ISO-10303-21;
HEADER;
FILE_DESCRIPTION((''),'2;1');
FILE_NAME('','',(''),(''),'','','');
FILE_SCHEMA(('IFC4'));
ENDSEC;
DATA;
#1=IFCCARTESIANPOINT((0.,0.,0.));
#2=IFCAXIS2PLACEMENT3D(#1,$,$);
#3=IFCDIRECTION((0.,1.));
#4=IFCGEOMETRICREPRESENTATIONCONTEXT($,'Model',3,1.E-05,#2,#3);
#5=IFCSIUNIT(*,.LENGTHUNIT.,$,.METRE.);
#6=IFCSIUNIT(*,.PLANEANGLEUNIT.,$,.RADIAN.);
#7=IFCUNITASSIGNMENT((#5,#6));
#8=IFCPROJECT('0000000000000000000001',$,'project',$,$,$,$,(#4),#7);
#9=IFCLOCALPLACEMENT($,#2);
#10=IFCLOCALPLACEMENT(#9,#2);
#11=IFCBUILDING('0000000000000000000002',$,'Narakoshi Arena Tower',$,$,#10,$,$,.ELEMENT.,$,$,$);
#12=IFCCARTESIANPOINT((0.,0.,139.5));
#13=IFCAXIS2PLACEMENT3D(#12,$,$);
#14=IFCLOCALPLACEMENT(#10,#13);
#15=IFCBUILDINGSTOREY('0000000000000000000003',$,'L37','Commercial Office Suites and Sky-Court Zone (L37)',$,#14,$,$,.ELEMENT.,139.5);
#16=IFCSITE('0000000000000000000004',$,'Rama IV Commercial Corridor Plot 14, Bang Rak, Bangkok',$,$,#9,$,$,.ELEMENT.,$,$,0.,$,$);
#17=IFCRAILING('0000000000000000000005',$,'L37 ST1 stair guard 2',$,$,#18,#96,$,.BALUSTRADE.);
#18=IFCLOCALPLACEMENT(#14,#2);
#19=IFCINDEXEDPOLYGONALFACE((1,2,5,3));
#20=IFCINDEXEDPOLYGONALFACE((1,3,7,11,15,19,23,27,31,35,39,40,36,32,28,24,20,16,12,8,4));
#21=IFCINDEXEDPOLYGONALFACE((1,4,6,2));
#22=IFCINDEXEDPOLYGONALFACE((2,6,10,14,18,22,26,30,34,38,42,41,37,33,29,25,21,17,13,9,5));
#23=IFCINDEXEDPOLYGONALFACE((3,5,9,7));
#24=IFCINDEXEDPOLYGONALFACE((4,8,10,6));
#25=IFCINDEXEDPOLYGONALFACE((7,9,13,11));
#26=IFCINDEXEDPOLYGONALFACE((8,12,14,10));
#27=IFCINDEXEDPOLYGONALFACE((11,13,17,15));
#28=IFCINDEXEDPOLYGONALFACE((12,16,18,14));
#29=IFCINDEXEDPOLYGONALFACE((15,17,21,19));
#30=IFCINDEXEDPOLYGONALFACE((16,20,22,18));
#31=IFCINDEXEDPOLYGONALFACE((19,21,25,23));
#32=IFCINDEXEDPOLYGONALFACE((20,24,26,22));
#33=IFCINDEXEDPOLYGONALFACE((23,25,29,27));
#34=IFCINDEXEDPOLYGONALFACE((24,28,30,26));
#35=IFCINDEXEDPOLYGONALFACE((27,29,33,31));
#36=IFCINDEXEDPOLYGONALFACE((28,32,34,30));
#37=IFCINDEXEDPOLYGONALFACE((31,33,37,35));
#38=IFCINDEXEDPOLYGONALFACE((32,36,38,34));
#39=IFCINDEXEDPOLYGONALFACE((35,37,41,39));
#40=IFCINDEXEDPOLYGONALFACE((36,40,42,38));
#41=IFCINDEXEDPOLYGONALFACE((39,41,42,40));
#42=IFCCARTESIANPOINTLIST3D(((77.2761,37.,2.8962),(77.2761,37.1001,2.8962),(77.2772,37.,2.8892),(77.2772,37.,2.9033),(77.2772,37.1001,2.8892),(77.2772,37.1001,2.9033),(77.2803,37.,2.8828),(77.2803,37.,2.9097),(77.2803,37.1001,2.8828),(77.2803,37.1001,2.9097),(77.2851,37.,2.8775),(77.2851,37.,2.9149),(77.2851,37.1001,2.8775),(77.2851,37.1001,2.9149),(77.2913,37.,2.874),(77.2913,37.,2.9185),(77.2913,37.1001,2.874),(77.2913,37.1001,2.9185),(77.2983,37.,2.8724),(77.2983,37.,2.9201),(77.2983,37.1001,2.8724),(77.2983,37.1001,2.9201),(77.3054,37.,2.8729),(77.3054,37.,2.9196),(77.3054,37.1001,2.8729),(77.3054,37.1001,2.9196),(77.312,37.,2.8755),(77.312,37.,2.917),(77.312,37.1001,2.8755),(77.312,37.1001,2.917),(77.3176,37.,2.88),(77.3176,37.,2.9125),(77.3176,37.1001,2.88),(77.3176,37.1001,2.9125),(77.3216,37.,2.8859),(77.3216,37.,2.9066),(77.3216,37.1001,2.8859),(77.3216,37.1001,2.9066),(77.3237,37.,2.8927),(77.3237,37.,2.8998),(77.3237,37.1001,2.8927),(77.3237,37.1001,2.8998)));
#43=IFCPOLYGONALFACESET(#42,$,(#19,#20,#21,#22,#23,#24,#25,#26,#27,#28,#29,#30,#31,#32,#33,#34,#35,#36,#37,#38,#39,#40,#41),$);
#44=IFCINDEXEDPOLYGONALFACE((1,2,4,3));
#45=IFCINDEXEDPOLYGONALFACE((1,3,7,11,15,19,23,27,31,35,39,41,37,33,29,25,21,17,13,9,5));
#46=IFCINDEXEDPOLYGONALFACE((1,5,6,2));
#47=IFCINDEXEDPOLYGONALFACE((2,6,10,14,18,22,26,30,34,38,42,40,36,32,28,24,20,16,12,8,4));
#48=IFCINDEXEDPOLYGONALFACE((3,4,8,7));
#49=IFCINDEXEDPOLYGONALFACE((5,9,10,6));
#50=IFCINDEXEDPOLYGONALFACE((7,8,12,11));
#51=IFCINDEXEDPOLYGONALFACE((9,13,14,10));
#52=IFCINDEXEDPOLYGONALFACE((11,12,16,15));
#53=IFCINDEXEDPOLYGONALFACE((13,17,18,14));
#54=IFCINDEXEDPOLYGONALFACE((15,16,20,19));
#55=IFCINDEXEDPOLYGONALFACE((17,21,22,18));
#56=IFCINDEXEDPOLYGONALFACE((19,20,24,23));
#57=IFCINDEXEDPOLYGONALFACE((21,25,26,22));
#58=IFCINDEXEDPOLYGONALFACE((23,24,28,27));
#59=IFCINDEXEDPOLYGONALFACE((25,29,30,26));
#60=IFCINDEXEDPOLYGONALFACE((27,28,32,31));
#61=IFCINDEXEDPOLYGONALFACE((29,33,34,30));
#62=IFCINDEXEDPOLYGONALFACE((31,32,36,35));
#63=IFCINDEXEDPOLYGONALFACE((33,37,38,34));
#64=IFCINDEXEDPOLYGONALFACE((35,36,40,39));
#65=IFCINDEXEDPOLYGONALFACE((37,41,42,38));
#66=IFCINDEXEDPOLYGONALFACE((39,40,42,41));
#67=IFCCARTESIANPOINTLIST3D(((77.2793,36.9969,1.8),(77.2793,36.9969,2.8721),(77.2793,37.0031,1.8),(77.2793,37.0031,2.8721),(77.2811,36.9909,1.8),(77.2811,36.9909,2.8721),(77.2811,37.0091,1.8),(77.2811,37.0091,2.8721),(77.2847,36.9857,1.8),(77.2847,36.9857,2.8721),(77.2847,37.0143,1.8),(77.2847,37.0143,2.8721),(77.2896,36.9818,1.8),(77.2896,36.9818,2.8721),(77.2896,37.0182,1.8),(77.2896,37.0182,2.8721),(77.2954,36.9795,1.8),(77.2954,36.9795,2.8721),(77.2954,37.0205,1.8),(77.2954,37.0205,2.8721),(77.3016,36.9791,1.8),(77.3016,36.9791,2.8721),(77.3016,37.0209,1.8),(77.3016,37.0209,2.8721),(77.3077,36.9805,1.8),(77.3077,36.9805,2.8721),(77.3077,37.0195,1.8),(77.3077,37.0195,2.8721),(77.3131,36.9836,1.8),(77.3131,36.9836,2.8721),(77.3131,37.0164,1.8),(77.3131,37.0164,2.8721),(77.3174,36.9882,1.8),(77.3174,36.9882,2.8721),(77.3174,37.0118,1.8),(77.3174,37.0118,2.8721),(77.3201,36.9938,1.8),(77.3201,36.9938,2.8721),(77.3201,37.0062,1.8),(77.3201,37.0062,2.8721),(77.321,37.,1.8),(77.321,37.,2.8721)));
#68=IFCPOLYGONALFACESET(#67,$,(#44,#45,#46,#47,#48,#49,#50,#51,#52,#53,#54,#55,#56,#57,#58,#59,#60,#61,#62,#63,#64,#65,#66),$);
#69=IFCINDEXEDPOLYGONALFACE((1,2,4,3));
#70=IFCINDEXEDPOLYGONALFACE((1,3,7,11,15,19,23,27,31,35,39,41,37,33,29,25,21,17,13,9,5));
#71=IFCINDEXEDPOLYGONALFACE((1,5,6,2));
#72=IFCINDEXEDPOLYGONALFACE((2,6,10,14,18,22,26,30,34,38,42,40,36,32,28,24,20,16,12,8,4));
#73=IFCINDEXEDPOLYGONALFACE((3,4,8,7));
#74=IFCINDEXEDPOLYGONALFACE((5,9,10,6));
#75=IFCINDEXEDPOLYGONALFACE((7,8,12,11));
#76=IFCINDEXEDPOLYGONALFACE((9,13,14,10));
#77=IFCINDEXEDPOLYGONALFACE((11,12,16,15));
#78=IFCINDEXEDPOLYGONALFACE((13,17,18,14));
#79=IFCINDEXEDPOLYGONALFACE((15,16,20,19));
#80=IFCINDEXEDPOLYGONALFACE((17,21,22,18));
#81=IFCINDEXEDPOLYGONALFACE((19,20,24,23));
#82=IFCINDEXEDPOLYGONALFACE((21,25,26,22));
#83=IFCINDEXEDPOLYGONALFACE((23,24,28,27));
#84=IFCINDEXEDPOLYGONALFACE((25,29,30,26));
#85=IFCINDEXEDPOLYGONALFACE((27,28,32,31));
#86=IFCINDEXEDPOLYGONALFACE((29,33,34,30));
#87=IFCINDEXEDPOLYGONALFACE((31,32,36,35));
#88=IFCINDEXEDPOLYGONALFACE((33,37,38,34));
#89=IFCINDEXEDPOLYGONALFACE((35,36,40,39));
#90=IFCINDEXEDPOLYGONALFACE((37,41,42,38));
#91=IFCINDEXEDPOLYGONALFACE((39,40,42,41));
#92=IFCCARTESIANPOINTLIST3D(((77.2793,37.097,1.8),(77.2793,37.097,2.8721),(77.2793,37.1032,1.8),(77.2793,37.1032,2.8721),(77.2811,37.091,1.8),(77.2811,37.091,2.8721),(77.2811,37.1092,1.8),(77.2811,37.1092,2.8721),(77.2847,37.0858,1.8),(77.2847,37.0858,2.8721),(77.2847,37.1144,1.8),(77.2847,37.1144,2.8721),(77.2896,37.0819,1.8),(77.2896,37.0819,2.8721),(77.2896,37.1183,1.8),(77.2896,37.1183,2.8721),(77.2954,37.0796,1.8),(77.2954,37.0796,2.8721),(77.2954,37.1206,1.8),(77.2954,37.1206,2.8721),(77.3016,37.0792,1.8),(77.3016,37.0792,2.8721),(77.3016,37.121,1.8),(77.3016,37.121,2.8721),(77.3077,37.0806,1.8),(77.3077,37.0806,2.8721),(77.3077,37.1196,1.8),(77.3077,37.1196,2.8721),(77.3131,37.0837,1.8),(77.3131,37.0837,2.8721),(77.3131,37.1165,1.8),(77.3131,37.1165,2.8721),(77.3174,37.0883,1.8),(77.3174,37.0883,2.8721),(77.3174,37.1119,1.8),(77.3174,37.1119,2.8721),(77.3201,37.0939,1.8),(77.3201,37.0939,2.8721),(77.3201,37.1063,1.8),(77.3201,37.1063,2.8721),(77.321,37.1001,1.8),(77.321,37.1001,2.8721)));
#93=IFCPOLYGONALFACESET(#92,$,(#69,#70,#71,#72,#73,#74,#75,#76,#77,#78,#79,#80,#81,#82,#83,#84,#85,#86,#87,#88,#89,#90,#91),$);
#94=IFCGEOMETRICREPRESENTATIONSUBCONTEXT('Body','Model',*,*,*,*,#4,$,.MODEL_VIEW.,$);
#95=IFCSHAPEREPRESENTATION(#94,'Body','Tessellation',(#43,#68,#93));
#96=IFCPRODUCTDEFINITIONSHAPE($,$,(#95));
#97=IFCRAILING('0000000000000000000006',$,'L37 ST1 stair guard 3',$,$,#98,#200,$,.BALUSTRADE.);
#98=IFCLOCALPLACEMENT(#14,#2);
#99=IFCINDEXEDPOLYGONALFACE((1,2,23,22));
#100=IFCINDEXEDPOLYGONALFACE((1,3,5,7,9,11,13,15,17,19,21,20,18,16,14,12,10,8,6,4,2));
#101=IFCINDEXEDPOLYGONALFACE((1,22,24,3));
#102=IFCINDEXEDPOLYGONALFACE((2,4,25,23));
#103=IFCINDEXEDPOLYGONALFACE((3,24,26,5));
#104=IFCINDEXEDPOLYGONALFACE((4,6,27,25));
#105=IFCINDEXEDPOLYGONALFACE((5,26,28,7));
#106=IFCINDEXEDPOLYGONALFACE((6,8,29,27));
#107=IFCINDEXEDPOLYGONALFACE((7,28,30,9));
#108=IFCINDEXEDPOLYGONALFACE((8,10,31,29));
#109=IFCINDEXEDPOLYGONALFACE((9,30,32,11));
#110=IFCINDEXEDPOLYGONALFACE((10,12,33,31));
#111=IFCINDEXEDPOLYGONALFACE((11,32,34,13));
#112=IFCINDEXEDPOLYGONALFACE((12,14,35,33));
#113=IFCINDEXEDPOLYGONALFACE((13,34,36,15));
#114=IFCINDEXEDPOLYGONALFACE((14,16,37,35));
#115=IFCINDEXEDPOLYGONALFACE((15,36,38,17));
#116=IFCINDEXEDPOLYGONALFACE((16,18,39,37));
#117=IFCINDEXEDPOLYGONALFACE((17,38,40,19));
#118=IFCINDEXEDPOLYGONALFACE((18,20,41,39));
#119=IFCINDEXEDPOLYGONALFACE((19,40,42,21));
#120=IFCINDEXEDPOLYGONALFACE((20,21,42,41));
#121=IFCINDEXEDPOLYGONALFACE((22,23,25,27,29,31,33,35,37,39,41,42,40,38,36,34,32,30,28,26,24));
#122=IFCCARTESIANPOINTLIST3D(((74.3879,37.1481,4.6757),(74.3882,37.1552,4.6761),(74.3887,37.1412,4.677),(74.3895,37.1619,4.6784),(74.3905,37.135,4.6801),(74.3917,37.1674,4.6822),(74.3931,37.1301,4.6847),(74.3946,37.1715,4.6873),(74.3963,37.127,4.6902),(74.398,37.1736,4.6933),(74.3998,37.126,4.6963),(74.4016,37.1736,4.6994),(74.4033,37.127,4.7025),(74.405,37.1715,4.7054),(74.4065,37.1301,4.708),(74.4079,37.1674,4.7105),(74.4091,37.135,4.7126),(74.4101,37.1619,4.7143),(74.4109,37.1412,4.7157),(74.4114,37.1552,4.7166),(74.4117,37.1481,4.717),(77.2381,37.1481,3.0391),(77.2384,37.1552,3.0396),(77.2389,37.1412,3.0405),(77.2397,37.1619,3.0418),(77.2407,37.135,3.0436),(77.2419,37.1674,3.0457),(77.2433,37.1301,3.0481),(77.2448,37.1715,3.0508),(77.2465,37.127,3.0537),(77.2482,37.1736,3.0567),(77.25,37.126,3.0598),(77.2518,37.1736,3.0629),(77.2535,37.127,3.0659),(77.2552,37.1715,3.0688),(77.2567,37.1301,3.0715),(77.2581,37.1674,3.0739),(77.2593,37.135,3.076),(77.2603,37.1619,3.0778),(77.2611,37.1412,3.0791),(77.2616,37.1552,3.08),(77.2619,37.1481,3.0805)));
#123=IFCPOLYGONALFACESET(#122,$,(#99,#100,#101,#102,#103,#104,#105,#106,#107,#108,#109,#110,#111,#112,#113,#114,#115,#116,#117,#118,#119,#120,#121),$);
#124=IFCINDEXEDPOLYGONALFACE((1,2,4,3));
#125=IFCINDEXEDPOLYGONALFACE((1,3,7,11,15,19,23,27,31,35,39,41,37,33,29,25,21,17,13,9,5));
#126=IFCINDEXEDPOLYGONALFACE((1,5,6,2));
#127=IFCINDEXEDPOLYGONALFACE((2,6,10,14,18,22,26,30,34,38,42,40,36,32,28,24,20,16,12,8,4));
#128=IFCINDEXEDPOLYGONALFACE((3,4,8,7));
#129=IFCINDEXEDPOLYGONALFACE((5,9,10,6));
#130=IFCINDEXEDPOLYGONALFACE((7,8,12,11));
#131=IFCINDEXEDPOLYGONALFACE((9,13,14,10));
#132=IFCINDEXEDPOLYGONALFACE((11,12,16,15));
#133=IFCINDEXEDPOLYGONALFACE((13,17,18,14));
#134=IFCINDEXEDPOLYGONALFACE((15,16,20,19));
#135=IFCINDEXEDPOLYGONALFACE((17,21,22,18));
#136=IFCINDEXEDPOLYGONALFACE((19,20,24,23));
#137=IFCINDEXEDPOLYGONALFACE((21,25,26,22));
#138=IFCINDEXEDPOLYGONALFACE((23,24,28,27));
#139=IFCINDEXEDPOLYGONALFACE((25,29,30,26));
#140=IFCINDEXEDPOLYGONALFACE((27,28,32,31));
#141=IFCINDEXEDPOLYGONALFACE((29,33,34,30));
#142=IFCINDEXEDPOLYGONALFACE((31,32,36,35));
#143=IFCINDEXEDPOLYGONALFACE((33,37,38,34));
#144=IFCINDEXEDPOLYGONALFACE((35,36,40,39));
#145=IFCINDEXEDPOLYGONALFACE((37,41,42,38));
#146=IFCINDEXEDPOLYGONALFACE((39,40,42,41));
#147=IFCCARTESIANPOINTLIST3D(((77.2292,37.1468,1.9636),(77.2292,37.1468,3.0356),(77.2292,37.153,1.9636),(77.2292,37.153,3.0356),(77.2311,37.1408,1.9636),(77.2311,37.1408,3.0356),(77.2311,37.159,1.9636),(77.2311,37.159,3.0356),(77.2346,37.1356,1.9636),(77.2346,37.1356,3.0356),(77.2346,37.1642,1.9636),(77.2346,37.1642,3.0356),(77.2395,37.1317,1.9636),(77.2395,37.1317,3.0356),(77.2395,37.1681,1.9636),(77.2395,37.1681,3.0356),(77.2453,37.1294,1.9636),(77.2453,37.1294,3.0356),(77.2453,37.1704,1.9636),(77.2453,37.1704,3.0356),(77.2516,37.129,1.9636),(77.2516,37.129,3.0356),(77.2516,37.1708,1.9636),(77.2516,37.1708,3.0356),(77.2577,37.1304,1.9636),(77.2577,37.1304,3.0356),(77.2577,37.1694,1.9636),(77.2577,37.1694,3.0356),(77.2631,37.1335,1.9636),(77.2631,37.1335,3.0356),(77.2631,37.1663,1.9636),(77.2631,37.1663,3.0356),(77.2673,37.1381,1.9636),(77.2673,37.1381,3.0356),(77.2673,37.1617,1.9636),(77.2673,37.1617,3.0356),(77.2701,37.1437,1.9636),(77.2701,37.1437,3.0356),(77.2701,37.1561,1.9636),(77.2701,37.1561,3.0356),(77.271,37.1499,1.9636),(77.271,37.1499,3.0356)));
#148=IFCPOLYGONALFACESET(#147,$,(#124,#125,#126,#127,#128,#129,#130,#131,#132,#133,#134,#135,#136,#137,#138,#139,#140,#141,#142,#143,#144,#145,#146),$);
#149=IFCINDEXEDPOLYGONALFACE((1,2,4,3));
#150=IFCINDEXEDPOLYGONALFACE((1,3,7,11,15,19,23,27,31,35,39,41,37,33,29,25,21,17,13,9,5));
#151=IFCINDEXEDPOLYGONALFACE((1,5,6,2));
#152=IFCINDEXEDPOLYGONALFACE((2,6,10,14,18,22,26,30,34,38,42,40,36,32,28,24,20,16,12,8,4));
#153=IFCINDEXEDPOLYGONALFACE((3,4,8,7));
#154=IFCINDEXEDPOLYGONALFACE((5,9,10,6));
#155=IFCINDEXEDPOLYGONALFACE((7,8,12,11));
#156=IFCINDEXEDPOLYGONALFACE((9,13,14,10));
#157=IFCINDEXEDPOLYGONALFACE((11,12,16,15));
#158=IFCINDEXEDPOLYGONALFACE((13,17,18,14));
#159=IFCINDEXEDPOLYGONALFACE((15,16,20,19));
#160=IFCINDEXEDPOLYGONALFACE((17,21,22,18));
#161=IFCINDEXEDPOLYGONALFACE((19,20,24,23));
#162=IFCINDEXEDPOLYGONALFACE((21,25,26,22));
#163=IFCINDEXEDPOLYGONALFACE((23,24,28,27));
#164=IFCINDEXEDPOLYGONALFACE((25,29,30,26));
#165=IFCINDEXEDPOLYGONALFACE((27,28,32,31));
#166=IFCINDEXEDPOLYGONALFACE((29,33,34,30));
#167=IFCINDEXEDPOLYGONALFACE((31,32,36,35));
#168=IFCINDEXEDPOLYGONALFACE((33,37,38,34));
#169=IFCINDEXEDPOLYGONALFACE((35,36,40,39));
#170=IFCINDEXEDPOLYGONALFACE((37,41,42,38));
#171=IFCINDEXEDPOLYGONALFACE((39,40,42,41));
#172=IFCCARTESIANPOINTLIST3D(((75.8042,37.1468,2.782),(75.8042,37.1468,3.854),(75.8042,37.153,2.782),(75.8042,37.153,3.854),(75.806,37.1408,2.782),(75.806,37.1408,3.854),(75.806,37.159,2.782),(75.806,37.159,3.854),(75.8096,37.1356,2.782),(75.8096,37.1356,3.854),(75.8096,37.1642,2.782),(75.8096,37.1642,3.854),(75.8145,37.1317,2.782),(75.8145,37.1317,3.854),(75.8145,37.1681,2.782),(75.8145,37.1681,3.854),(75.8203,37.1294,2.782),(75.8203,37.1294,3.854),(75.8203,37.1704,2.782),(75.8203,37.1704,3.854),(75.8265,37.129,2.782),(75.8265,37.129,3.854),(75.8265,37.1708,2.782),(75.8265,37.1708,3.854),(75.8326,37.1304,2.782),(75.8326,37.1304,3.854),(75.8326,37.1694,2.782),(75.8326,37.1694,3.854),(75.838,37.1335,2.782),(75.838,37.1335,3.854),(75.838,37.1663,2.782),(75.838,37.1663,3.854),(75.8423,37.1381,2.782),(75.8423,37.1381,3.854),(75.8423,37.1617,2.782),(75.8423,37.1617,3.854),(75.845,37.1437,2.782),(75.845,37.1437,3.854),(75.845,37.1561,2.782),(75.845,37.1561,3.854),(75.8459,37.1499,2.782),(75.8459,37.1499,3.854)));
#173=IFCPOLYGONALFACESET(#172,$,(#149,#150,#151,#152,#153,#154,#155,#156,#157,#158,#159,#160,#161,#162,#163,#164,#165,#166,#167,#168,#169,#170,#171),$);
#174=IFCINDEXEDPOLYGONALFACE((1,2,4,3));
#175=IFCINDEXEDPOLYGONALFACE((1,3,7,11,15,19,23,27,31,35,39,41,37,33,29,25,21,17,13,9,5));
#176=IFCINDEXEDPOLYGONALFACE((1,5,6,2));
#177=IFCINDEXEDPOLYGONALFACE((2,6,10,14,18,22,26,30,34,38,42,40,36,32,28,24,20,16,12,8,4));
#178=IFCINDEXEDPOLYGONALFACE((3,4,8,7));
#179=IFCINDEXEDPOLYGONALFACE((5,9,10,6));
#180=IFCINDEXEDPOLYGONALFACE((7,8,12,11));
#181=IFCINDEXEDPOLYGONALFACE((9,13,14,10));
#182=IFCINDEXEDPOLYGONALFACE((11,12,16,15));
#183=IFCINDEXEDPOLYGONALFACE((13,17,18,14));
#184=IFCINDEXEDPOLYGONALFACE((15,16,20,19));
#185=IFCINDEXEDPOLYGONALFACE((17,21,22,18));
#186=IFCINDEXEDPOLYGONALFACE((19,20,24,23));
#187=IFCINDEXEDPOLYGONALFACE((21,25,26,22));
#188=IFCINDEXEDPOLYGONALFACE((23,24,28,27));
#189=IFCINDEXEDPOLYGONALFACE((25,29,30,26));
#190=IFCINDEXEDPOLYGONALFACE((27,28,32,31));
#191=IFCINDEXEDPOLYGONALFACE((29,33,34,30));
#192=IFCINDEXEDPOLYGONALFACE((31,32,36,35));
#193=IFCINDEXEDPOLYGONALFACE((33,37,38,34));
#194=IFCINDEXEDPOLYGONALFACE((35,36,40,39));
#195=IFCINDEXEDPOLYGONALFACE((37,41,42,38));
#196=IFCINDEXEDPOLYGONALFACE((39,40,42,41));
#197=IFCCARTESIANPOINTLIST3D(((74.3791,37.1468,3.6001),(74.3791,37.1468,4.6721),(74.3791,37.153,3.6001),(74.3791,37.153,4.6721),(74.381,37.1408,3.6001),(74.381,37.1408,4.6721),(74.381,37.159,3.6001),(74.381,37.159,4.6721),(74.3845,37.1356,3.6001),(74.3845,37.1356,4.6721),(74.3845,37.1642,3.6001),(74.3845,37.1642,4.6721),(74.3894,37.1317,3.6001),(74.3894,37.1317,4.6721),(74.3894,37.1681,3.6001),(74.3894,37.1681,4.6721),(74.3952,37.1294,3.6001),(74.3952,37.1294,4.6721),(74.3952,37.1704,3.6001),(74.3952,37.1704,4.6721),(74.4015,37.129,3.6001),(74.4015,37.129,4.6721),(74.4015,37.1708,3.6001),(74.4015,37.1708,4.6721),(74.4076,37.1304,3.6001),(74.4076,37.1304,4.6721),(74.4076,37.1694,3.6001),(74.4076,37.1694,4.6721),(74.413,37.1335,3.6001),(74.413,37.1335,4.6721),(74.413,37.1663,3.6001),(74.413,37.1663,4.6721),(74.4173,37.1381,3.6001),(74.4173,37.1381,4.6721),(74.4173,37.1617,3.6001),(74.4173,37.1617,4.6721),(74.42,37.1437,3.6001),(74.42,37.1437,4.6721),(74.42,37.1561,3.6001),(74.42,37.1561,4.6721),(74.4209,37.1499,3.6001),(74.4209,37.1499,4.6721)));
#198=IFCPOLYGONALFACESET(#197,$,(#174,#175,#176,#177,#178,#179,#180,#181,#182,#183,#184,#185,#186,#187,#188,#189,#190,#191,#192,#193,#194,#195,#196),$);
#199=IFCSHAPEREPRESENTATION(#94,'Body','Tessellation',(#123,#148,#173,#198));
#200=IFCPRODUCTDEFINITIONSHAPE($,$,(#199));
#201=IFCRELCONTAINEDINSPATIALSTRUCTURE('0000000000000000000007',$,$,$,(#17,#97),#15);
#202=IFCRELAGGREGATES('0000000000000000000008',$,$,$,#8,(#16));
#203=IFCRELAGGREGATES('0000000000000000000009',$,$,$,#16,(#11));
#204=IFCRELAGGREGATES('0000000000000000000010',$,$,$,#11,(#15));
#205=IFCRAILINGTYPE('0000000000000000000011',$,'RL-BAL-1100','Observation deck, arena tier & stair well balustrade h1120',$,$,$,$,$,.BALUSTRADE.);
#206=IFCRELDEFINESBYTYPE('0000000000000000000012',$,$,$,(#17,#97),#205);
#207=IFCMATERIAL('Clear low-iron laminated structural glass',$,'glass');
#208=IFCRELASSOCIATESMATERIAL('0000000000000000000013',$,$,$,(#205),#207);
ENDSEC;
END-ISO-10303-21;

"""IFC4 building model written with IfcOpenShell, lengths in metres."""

from ifc_helpers import new_model, si_unit, direction, frame, origin, origin_2d, place, context, subcontext, project, spatial, circle, extrude, material, type_object, element, save


model = new_model("IFC4")

# Units and contexts
model_context = context("Model", 3, precision=1e-05, world=origin(), true_north=direction((0.0, 1.0)))
body_context = subcontext(model_context, "Body", "Model", "MODEL_VIEW")
ifc_project = project(units=[si_unit("LENGTHUNIT", "METRE"), si_unit("PLANEANGLEUNIT", "RADIAN")], contexts=[model_context])

# Site, building, storey
site_placement = place(None, origin())
site = spatial("IfcSite", under=ifc_project, at=site_placement, Name="Rama IV Commercial Corridor Plot 14, Bang Rak, Bangkok", CompositionType="ELEMENT", RefElevation=0.0)
building_placement = place(site_placement, origin())
building = spatial("IfcBuilding", under=site, at=building_placement, Name="Narakoshi Arena Tower", CompositionType="ELEMENT")
storey_placement = place(building_placement, frame((0.0, 0.0, 139.5)))
storey = spatial("IfcBuildingStorey", under=building, at=storey_placement, Name="L37", Description="Commercial Office Suites and Sky-Court Zone (L37)", CompositionType="ELEMENT", Elevation=139.5)

# Railings
ifc_material_1 = material(Name="Clear low-iron laminated structural glass", Category="glass")
railing_type_1 = type_object("IfcRailingType", Name="RL-BAL-1100", Description="Observation deck, arena tier & stair well balustrade h1120", PredefinedType="BALUSTRADE", material=ifc_material_1)
railing_1_placement = place(storey_placement, frame((77.3, 37.0, 1.8)))
element("IfcRailing", 1, at=railing_1_placement, inside=storey, type_object=railing_type_1, Name="L37 ST1 stair guard 2", PredefinedType="BALUSTRADE", context=body_context, shape_type="SweptSolid", body=[
    extrude(circle(Radius=0.0239, at=origin_2d()), frame((0.0, 0.0, 1.0962), z_axis=(0.0, 1.0, 0.0), x_axis=(-1.0, 0.0, 0.0)), (0.0, 0.0, 1.0), 0.1001),
    extrude(circle(Radius=0.021, at=origin_2d()), origin(), (0.0, 0.0, 1.0), 1.072),
    extrude(circle(Radius=0.021, at=origin_2d()), frame((0.0, 0.1001, 0.0)), (0.0, 0.0, 1.0), 1.072),
])
railing_2_placement = place(storey_placement, frame((77.25, 37.1499, 1.9636)))
element("IfcRailing", 2, at=railing_2_placement, inside=storey, type_object=railing_type_1, Name="L37 ST1 stair guard 3", PredefinedType="BALUSTRADE", context=body_context, shape_type="SweptSolid", body=[
    extrude(circle(Radius=0.0239, at=origin_2d()), frame((0.0, 0.0, 1.0962), z_axis=(-0.867213, 0.0, 0.497938), x_axis=(0.0, -1.0, 0.0)), (0.0, 0.0, 1.0), 3.2866),
    extrude(circle(Radius=0.021, at=origin_2d()), origin(), (0.0, 0.0, 1.0), 1.072),
    extrude(circle(Radius=0.021, at=origin_2d()), frame((-1.425, 0.0, 0.8184)), (0.0, 0.0, 1.0), 1.072),
    extrude(circle(Radius=0.021, at=origin_2d()), frame((-2.8501, 0.0, 1.6365)), (0.0, 0.0, 1.0), 1.072),
])

save(model, "model.ifc")
